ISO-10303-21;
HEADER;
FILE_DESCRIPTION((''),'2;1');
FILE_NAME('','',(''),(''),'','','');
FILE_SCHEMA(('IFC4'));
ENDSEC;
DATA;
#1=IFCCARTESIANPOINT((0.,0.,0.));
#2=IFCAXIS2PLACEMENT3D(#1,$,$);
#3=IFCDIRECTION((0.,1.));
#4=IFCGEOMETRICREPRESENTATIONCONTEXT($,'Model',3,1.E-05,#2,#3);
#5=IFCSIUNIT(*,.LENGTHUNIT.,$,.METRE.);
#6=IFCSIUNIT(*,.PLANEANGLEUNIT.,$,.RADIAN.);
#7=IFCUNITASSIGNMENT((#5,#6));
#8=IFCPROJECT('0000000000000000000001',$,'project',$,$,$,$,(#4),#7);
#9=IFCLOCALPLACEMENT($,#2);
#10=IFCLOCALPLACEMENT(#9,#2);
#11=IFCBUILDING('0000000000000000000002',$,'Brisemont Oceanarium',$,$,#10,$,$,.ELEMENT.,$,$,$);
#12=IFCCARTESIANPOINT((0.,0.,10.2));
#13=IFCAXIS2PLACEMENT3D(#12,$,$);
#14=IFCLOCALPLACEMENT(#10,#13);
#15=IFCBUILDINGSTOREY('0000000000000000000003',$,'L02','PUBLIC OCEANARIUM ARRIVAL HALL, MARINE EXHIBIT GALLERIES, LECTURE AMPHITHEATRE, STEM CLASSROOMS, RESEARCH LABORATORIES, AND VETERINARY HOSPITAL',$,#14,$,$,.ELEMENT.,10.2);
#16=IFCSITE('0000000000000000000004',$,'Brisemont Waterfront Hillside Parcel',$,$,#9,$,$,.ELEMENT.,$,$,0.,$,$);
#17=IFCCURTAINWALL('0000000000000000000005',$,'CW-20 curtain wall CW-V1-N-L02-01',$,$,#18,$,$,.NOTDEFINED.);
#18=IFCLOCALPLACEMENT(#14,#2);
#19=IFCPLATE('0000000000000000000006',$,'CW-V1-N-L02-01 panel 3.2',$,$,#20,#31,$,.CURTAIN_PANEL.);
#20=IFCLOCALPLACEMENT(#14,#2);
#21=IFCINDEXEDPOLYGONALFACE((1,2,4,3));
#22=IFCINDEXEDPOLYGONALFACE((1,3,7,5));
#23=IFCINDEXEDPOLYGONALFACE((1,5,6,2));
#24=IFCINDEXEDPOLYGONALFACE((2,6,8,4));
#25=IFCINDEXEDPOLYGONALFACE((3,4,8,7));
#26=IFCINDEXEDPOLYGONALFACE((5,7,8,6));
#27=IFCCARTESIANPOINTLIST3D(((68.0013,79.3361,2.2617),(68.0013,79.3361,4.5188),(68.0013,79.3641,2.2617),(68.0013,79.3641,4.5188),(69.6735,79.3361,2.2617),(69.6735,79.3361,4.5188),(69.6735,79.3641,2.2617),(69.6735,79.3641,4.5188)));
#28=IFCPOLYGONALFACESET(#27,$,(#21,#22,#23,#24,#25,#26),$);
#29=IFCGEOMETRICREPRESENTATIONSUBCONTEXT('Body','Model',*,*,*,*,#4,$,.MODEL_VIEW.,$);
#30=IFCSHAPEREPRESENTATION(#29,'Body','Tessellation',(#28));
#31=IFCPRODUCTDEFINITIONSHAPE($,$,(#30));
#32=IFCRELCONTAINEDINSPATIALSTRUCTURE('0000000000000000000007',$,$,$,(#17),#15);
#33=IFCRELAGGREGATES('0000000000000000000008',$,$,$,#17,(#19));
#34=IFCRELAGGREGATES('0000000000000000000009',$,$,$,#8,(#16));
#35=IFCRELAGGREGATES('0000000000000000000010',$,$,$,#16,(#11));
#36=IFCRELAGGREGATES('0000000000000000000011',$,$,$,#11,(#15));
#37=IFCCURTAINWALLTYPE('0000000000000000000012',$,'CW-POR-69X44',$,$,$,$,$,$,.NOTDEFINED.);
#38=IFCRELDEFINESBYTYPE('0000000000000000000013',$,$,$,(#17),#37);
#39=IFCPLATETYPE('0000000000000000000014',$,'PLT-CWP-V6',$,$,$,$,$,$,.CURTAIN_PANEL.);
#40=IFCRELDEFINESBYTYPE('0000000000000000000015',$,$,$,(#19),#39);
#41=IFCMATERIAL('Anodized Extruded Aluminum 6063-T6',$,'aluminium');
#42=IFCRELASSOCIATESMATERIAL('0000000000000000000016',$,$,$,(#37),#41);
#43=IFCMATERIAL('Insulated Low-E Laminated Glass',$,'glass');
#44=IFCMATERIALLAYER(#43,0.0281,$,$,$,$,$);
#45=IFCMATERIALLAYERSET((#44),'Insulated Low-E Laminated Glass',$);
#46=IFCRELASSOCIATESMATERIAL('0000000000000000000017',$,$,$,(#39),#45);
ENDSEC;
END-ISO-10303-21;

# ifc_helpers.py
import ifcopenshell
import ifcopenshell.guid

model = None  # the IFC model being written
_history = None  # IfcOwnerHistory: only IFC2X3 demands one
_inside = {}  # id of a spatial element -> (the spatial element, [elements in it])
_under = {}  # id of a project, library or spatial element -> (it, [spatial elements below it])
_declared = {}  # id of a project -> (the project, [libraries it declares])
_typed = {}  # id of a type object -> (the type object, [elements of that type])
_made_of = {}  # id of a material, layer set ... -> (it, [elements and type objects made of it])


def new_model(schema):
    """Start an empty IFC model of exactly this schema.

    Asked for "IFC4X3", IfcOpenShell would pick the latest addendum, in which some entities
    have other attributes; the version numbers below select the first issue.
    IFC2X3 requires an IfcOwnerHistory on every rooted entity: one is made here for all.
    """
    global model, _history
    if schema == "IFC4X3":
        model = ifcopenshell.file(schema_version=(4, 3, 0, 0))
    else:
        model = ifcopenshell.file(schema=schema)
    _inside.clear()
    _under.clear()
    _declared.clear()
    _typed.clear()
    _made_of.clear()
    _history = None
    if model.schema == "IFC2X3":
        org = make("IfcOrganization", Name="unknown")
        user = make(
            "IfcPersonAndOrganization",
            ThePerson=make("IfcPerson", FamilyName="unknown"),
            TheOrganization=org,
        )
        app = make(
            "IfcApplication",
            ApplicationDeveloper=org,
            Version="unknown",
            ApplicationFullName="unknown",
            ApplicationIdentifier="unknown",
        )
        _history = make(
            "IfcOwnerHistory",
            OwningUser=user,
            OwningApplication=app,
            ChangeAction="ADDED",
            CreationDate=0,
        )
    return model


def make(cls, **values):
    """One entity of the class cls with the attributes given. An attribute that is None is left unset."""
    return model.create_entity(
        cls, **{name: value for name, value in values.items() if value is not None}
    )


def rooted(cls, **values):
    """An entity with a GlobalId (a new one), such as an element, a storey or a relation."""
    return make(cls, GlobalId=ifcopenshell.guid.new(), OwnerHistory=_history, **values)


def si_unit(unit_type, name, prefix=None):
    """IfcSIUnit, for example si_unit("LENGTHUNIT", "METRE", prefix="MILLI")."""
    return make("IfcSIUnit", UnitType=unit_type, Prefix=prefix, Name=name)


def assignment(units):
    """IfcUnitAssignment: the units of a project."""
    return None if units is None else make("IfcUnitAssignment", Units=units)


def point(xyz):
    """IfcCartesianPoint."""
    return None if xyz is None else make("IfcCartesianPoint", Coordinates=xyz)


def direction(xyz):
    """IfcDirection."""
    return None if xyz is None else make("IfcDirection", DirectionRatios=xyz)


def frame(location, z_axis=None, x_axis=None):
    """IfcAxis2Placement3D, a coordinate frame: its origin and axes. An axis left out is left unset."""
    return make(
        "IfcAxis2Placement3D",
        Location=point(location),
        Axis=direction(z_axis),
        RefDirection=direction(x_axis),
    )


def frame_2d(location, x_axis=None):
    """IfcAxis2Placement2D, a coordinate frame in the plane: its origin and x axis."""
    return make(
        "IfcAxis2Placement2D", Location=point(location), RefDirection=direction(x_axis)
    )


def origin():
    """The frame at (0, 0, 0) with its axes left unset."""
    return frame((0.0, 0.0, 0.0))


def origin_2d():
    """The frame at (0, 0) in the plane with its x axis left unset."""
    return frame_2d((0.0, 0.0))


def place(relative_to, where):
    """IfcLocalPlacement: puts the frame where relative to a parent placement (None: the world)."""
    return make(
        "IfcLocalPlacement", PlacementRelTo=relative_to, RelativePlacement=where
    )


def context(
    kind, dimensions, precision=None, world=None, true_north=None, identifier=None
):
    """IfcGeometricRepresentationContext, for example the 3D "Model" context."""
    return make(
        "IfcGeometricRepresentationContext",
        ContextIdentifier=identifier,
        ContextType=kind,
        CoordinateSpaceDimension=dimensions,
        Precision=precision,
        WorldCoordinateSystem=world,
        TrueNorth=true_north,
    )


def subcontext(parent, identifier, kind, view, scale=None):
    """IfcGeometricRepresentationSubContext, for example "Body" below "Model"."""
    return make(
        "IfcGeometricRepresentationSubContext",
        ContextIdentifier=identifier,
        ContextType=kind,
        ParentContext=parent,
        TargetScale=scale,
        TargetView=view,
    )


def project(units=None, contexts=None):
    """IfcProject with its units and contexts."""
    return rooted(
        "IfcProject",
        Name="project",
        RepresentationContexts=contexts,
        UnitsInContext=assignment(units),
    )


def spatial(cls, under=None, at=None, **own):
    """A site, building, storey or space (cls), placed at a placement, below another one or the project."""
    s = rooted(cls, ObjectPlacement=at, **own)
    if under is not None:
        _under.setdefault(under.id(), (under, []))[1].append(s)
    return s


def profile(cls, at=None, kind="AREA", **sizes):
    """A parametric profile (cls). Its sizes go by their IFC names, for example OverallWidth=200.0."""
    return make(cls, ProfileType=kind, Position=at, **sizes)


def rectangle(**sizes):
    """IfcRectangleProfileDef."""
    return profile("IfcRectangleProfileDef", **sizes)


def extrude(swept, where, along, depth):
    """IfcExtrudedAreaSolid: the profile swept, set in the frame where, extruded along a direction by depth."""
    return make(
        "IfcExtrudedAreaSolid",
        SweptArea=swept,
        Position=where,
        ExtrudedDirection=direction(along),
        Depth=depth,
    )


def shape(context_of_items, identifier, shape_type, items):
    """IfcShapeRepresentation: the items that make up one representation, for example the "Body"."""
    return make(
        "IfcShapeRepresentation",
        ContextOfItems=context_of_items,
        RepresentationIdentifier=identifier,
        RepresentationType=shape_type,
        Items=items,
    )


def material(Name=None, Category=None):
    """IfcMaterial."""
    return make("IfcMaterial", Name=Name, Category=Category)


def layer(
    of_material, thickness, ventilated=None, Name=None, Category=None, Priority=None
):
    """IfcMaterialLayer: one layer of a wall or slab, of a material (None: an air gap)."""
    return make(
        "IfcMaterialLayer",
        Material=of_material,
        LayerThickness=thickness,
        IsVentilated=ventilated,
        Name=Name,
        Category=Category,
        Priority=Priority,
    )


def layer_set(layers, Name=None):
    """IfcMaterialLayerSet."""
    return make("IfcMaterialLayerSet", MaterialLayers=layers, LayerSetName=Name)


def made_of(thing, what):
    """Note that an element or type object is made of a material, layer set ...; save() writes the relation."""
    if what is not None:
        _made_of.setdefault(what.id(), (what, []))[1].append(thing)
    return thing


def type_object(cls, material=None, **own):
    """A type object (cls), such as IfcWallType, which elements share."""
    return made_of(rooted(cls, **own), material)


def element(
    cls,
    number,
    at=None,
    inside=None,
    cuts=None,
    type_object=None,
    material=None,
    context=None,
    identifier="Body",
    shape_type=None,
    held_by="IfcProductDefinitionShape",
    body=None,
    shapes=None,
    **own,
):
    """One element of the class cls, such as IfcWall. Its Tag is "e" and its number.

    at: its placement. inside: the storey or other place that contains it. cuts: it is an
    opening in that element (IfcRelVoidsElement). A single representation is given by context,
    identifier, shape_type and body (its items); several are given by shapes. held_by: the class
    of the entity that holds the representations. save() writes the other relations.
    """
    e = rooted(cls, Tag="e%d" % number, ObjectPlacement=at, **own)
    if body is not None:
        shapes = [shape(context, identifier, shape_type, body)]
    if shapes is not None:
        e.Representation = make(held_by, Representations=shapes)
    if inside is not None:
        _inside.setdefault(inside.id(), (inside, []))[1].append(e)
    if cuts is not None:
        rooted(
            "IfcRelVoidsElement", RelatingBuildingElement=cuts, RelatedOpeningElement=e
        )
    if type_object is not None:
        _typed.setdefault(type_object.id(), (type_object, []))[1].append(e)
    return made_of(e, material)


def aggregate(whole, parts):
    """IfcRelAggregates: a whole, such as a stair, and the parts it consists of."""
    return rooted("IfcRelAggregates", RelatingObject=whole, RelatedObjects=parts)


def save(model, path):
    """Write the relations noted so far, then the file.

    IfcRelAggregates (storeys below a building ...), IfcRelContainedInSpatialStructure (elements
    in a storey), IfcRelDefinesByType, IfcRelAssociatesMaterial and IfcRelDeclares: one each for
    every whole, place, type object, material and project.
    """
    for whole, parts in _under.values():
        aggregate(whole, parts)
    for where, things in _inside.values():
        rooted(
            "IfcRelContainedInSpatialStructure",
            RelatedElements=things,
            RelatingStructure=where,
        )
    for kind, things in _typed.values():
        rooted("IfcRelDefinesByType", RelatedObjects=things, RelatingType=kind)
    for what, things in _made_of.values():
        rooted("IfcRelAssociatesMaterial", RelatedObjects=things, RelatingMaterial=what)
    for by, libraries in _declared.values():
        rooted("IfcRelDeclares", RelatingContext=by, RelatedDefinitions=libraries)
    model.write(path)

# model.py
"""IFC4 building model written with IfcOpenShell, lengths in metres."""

from ifc_helpers import new_model, si_unit, direction, frame, origin, origin_2d, place, context, subcontext, project, spatial, rectangle, extrude, material, layer, layer_set, type_object, element, aggregate, save


model = new_model("IFC4")

# Units and contexts
model_context = context("Model", 3, precision=1e-05, world=origin(), true_north=direction((0.0, 1.0)))
body_context = subcontext(model_context, "Body", "Model", "MODEL_VIEW")
ifc_project = project(units=[si_unit("LENGTHUNIT", "METRE"), si_unit("PLANEANGLEUNIT", "RADIAN")], contexts=[model_context])

# Site, building, storey
site_placement = place(None, origin())
site = spatial("IfcSite", under=ifc_project, at=site_placement, Name="Brisemont Waterfront Hillside Parcel", CompositionType="ELEMENT", RefElevation=0.0)
building_placement = place(site_placement, origin())
building = spatial("IfcBuilding", under=site, at=building_placement, Name="Brisemont Oceanarium", CompositionType="ELEMENT")
storey_placement = place(building_placement, frame((0.0, 0.0, 10.2)))
storey = spatial("IfcBuildingStorey", under=building, at=storey_placement, Name="L02", Description="PUBLIC OCEANARIUM ARRIVAL HALL, MARINE EXHIBIT GALLERIES, LECTURE AMPHITHEATRE, STEM CLASSROOMS, RESEARCH LABORATORIES, AND VETERINARY HOSPITAL", CompositionType="ELEMENT", Elevation=10.2)

# Curtain wall, plate
ifc_material_1 = material(Name="Anodized Extruded Aluminum 6063-T6", Category="aluminium")
curtain_wall_type = type_object("IfcCurtainWallType", Name="CW-POR-69X44", PredefinedType="NOTDEFINED", material=ifc_material_1)
curtain_wall_placement = place(storey_placement, origin())
curtain_wall = element("IfcCurtainWall", 1, at=curtain_wall_placement, inside=storey, type_object=curtain_wall_type, Name="CW-20 curtain wall CW-V1-N-L02-01", PredefinedType="NOTDEFINED")
ifc_material_2 = material(Name="Insulated Low-E Laminated Glass", Category="glass")
ifc_layer = layer(ifc_material_2, 0.0281)
ifc_layer_set = layer_set([ifc_layer], Name="Insulated Low-E Laminated Glass")
plate_type = type_object("IfcPlateType", Name="PLT-CWP-V6", PredefinedType="CURTAIN_PANEL", material=ifc_layer_set)
plate_1_placement = place(storey_placement, frame((68.8374, 79.3501, 2.2617), z_axis=(0.0, 0.0, 1.0), x_axis=(1.0, 0.0, 0.0)))
plate_1 = element("IfcPlate", 2, at=plate_1_placement, type_object=plate_type, Name="CW-V1-N-L02-01 panel 3.2", PredefinedType="CURTAIN_PANEL", context=body_context, shape_type="SweptSolid", body=[
    extrude(rectangle(XDim=1.6721, YDim=0.0281, at=origin_2d()), origin(), (0.0, 0.0, 1.0), 2.2571),
])
aggregate(curtain_wall, [plate_1])

save(model, "model.ifc")
